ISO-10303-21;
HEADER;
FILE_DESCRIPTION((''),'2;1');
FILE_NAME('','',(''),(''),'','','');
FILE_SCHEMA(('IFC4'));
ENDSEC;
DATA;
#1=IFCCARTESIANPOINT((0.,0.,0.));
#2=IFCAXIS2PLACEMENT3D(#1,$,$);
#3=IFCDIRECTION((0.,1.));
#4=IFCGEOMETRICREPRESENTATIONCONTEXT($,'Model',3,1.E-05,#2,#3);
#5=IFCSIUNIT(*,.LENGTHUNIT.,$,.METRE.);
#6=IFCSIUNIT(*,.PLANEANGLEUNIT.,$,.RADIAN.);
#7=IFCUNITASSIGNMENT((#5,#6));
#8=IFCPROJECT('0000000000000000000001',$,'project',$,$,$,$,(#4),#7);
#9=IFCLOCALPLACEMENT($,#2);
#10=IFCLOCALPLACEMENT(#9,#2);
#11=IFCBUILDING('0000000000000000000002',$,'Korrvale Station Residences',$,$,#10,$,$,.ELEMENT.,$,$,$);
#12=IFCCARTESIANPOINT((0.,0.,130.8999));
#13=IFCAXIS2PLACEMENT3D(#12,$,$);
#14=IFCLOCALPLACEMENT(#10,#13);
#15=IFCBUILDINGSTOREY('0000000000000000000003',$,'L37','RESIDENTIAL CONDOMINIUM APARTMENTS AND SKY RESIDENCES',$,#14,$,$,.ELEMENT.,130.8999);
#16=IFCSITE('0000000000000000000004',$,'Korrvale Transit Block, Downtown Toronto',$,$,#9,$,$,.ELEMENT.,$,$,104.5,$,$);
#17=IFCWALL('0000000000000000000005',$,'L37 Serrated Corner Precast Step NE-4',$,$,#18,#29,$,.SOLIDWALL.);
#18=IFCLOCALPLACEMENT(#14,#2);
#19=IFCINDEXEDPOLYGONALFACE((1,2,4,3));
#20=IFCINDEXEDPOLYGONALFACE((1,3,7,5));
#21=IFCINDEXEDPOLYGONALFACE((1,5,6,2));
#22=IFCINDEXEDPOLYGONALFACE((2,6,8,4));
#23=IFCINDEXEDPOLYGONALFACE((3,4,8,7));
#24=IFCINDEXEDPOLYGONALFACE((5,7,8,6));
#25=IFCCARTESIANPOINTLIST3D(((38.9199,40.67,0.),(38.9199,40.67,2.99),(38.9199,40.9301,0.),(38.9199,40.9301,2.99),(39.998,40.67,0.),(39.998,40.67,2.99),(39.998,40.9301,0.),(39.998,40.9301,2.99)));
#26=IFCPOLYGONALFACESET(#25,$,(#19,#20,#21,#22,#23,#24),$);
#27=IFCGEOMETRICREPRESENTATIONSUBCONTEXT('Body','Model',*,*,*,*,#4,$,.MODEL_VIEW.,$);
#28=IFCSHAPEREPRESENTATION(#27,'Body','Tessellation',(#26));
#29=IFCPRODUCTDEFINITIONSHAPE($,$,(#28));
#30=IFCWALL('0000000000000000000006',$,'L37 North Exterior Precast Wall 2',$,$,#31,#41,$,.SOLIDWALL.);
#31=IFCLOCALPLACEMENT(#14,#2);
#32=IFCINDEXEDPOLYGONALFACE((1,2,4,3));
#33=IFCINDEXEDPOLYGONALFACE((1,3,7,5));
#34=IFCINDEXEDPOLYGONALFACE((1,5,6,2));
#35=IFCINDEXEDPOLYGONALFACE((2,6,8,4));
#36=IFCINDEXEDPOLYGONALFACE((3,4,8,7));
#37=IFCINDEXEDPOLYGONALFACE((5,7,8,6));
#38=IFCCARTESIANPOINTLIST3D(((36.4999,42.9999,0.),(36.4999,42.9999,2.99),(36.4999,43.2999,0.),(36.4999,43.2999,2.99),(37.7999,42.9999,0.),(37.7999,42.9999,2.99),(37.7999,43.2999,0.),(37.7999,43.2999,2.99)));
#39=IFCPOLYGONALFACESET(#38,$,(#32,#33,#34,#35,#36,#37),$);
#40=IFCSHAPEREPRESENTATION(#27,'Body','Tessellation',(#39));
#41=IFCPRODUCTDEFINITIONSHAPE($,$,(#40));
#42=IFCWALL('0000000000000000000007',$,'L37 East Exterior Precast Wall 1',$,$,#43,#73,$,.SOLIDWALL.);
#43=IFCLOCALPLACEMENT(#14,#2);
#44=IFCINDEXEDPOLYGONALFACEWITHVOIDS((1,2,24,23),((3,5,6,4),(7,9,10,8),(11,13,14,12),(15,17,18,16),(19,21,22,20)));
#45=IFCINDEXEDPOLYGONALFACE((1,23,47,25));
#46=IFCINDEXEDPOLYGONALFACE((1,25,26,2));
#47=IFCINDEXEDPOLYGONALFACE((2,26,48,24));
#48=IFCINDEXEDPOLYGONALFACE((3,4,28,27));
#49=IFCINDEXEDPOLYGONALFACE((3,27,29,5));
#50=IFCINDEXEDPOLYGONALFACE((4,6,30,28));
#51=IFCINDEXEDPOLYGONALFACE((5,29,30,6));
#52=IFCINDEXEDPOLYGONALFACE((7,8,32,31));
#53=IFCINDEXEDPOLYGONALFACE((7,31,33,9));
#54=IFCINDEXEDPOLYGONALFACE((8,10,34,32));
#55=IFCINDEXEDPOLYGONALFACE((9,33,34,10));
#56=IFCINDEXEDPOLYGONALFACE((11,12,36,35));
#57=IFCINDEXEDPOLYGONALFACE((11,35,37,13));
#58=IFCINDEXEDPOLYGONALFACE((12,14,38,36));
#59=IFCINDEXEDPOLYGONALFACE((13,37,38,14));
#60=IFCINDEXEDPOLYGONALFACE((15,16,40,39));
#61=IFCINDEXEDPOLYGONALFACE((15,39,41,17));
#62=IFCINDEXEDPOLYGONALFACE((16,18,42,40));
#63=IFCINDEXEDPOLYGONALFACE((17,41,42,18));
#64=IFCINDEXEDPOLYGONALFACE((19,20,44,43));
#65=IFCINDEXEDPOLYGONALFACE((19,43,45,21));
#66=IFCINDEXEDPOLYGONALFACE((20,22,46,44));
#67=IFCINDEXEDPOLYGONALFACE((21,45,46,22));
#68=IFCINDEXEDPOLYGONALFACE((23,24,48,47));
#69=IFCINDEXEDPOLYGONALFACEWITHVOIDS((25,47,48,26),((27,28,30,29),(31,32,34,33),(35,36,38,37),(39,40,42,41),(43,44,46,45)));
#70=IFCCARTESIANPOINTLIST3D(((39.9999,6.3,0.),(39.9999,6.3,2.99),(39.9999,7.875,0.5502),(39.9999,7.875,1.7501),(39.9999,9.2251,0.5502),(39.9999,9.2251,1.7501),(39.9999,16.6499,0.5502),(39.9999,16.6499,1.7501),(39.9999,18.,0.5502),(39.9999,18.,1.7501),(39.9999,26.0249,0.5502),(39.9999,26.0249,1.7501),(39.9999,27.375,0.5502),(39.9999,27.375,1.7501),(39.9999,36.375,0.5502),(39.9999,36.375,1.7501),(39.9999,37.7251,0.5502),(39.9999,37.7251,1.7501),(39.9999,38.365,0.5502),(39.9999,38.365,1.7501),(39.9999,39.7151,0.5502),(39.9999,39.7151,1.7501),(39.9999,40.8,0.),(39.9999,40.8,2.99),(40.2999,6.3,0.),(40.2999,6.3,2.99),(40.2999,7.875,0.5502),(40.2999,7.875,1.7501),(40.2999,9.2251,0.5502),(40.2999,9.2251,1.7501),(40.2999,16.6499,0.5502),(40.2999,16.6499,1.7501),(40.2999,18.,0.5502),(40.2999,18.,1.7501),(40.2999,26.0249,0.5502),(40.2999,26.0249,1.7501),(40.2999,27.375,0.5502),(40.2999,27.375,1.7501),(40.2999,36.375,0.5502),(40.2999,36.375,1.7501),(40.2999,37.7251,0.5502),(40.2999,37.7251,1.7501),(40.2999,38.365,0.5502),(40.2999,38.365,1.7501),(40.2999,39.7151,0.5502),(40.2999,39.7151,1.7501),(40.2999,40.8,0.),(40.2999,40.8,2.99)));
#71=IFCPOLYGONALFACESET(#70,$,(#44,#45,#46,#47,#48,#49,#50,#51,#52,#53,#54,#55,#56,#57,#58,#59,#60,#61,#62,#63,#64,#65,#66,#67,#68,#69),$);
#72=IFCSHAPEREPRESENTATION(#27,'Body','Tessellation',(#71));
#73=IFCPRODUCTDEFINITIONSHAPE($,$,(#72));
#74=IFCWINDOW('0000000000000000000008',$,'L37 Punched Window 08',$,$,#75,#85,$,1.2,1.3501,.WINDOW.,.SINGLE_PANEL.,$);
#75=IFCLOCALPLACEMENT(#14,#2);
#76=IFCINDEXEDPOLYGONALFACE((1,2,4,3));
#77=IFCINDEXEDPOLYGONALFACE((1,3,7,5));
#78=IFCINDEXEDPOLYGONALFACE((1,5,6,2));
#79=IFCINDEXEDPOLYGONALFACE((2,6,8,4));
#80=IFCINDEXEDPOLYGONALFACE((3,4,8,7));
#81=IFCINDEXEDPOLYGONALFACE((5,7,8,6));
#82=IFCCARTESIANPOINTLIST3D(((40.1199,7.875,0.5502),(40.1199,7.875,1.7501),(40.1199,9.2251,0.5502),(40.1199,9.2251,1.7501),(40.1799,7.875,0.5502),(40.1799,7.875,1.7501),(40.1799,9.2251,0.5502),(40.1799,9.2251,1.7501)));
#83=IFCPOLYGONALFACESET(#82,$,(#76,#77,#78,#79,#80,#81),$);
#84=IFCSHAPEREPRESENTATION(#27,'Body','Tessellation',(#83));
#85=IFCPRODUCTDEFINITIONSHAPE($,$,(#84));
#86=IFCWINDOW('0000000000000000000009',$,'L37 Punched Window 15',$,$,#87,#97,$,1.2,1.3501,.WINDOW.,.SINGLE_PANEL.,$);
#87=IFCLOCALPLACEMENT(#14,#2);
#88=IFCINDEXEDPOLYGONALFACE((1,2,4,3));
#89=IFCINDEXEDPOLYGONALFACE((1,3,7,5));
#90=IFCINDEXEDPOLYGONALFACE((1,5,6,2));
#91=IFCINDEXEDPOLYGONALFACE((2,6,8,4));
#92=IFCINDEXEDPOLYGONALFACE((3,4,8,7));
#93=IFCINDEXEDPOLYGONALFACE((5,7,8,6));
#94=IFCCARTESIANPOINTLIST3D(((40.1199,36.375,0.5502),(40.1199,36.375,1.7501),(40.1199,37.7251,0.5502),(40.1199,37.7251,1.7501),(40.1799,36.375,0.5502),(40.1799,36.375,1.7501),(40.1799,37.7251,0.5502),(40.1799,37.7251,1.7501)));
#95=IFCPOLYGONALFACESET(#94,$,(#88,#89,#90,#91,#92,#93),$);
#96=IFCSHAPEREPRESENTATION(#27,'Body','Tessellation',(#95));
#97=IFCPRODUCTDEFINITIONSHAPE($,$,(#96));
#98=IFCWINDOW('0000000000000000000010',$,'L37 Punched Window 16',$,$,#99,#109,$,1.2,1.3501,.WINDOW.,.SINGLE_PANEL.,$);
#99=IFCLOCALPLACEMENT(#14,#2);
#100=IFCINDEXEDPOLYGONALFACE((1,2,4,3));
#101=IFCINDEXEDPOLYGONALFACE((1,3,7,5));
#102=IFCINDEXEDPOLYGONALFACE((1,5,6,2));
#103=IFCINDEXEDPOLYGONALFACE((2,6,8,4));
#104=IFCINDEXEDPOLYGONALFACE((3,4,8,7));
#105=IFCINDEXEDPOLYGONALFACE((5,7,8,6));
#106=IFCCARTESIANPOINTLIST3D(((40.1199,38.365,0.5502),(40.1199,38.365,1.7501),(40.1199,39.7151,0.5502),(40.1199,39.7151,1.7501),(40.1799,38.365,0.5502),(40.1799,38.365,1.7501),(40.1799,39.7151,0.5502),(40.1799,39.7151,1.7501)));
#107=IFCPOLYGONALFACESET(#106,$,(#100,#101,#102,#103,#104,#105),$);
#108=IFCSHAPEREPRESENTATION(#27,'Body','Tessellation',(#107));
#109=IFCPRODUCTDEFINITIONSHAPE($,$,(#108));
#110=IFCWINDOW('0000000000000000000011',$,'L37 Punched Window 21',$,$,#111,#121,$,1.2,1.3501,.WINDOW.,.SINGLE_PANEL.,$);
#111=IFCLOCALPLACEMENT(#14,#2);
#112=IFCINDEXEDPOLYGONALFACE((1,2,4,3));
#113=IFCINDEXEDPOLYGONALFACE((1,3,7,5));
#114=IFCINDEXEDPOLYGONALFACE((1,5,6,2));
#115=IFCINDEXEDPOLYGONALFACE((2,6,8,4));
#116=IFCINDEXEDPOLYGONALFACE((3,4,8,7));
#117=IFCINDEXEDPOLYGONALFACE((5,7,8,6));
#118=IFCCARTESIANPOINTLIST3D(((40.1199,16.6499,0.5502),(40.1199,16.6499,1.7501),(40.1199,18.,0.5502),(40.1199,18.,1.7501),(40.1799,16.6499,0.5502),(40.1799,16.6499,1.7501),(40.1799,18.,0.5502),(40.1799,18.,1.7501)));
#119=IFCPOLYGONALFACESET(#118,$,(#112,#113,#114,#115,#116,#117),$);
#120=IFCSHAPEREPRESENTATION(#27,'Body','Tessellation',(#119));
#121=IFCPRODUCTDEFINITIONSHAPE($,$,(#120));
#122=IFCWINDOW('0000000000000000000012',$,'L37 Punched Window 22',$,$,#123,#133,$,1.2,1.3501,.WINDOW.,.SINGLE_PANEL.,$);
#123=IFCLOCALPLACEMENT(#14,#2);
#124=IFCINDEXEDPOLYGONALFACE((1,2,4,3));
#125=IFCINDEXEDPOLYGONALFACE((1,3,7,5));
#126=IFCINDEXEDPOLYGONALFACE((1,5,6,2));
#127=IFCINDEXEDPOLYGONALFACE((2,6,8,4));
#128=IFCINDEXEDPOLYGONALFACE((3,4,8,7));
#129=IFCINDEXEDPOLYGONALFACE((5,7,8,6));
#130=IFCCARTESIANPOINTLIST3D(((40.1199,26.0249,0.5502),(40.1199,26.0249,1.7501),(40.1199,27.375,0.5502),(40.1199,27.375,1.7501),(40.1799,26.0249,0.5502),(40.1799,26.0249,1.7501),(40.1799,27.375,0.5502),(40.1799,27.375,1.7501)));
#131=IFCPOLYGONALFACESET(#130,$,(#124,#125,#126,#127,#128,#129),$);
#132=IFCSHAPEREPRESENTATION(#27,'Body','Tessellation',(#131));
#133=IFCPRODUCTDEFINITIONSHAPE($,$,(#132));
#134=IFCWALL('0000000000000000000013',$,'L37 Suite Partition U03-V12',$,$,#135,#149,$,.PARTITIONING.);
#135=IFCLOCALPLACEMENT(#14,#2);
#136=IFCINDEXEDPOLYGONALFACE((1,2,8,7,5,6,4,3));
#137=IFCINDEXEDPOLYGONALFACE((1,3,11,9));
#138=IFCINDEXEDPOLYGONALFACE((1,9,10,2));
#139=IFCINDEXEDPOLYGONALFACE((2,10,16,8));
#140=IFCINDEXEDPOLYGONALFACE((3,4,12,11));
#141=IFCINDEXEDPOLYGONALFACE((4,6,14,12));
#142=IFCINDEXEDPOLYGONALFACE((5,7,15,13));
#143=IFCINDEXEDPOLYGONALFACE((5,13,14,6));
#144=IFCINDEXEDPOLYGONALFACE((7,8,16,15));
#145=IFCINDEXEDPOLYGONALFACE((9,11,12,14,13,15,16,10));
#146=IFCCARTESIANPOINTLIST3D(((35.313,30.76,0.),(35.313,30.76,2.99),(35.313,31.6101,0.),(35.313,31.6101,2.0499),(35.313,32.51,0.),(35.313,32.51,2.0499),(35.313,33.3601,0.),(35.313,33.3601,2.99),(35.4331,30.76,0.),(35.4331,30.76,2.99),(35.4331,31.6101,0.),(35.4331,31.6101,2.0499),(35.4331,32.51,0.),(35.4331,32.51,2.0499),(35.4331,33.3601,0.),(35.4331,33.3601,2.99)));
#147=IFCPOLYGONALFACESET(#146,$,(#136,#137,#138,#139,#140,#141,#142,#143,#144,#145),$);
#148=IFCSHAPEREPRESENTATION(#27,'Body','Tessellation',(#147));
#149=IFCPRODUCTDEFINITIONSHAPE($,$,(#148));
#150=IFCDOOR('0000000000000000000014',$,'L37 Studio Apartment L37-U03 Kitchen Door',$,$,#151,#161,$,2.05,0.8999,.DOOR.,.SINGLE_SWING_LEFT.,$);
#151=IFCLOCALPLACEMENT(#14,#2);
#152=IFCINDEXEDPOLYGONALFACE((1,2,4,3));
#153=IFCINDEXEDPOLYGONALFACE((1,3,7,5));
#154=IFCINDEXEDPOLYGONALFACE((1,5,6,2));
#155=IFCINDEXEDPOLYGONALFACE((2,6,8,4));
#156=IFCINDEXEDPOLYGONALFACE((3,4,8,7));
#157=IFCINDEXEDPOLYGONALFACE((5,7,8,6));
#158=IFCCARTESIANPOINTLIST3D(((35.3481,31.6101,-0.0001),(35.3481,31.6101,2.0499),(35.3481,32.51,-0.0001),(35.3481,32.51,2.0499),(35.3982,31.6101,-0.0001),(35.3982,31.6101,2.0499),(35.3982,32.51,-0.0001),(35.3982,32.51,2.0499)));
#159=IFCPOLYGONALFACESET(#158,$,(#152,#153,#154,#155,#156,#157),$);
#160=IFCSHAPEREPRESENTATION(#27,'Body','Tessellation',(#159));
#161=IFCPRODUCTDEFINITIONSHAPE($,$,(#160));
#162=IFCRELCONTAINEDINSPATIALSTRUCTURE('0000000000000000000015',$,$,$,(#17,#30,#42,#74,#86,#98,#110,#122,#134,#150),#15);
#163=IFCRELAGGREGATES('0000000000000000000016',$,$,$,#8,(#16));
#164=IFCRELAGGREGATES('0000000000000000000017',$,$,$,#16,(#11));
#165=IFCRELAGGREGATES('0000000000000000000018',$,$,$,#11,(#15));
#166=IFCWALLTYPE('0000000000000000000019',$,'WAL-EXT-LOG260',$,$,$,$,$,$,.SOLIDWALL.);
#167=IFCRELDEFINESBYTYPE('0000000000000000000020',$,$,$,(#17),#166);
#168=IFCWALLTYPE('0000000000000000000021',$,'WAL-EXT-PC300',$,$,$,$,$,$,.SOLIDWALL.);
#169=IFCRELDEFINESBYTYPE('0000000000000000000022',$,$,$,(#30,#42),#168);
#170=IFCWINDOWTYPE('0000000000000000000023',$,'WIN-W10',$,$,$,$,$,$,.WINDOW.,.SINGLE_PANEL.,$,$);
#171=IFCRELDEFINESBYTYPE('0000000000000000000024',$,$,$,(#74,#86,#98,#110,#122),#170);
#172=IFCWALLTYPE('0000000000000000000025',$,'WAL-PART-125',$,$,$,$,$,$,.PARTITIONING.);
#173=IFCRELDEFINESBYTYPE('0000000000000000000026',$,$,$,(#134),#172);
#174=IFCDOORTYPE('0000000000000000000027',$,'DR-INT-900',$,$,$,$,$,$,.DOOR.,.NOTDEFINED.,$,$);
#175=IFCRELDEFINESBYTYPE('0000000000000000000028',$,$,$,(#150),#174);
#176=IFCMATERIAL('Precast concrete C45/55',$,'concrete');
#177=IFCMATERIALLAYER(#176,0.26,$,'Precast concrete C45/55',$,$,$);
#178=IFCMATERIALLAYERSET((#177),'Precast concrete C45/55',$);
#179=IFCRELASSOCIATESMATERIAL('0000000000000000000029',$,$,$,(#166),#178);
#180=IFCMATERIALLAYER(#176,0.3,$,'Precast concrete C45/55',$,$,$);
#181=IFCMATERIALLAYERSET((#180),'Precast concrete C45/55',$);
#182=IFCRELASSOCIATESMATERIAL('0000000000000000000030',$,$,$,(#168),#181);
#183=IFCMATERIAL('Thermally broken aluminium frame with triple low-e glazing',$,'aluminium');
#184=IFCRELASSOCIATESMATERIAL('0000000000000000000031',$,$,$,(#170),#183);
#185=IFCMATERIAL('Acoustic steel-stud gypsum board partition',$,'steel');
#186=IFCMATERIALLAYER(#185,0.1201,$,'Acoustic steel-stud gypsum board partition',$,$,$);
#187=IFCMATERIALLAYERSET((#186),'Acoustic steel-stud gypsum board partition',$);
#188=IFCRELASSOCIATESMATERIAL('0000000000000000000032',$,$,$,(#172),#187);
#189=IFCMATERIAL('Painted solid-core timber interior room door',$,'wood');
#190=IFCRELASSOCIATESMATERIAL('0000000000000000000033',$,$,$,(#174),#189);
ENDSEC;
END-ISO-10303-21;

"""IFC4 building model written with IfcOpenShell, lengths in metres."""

from ifc_helpers import new_model, si_unit, direction, frame, frame_2d, origin, place, context, subcontext, project, spatial, rectangle, extrude, material, layer, layer_set, type_object, element, fill, save


model = new_model("IFC4")

# Units and contexts
model_context = context("Model", 3, precision=1e-05, world=origin(), true_north=direction((0.0, 1.0)))
body_context = subcontext(model_context, "Body", "Model", "MODEL_VIEW")
ifc_project = project(units=[si_unit("LENGTHUNIT", "METRE"), si_unit("PLANEANGLEUNIT", "RADIAN")], contexts=[model_context])

# Site, building, storey
site_placement = place(None, origin())
site = spatial("IfcSite", under=ifc_project, at=site_placement, Name="Korrvale Transit Block, Downtown Toronto", CompositionType="ELEMENT", RefElevation=104.5)
building_placement = place(site_placement, origin())
building = spatial("IfcBuilding", under=site, at=building_placement, Name="Korrvale Station Residences", CompositionType="ELEMENT")
storey_placement = place(building_placement, frame((0.0, 0.0, 130.8999)))
storey = spatial("IfcBuildingStorey", under=building, at=storey_placement, Name="L37", Description="RESIDENTIAL CONDOMINIUM APARTMENTS AND SKY RESIDENCES", CompositionType="ELEMENT", Elevation=130.8999)

# Walls
ifc_material_1 = material(Name="Precast concrete C45/55", Category="concrete")
ifc_layer_1 = layer(ifc_material_1, 0.26, Name="Precast concrete C45/55")
ifc_layer_set_1 = layer_set([ifc_layer_1], Name="Precast concrete C45/55")
wall_type_1 = type_object("IfcWallType", Name="WAL-EXT-LOG260", PredefinedType="SOLIDWALL", material=ifc_layer_set_1)
wall_1_placement = place(storey_placement, frame((38.9199, 40.8, 0.0), z_axis=(0.0, 0.0, 1.0), x_axis=(1.0, 0.0, 0.0)))
element("IfcWall", 1, at=wall_1_placement, inside=storey, type_object=wall_type_1, Name="L37 Serrated Corner Precast Step NE-4", PredefinedType="SOLIDWALL", context=body_context, shape_type="SweptSolid", body=[
    extrude(rectangle(XDim=1.0781, YDim=0.26, at=frame_2d((0.5391, 0.0))), origin(), (0.0, 0.0, 1.0), 2.99),
])
ifc_layer_2 = layer(ifc_material_1, 0.3, Name="Precast concrete C45/55")
ifc_layer_set_2 = layer_set([ifc_layer_2], Name="Precast concrete C45/55")
wall_type_2 = type_object("IfcWallType", Name="WAL-EXT-PC300", PredefinedType="SOLIDWALL", material=ifc_layer_set_2)
wall_2_placement = place(storey_placement, frame((36.5, 43.1499, 0.0), z_axis=(0.0, 0.0, 1.0), x_axis=(1.0, 0.0, 0.0)))
element("IfcWall", 2, at=wall_2_placement, inside=storey, type_object=wall_type_2, Name="L37 North Exterior Precast Wall 2", PredefinedType="SOLIDWALL", context=body_context, shape_type="SweptSolid", body=[
    extrude(rectangle(XDim=1.3, YDim=0.3, at=frame_2d((0.6499, 0.0))), origin(), (0.0, 0.0, 1.0), 2.99),
])

# Wall, openings, windows
wall_3_placement = place(storey_placement, frame((40.1499, 40.8, 0.0), z_axis=(0.0, 0.0, 1.0), x_axis=(0.0, -1.0, 0.0)))
wall_3 = element("IfcWall", 3, at=wall_3_placement, inside=storey, type_object=wall_type_2, Name="L37 East Exterior Precast Wall 1", PredefinedType="SOLIDWALL", context=body_context, shape_type="SweptSolid", body=[
    extrude(rectangle(XDim=34.5, YDim=0.3, at=frame_2d((17.25, 0.0))), origin(), (0.0, 0.0, 1.0), 2.99),
])
opening_1_placement = place(wall_3_placement, frame((31.575, 0.0, 0.55)))
opening_1 = element("IfcOpeningElement", 4, at=opening_1_placement, cuts=wall_3, PredefinedType="OPENING", context=body_context, shape_type="SweptSolid", body=[
    extrude(rectangle(XDim=1.3501, YDim=1.2, at=frame_2d((0.675, 0.6001))), frame((0.0, 0.1602, 0.0), z_axis=(0.0, -1.0, 0.0), x_axis=(1.0, 0.0, 0.0)), (0.0, 0.0, 1.0), 0.3201),
])
opening_2_placement = place(wall_3_placement, frame((3.075, 0.0, 0.55)))
opening_2 = element("IfcOpeningElement", 5, at=opening_2_placement, cuts=wall_3, PredefinedType="OPENING", context=body_context, shape_type="SweptSolid", body=[
    extrude(rectangle(XDim=1.3501, YDim=1.2, at=frame_2d((0.675, 0.6001))), frame((0.0, 0.1602, 0.0), z_axis=(0.0, -1.0, 0.0), x_axis=(1.0, 0.0, 0.0)), (0.0, 0.0, 1.0), 0.3201),
])
opening_3_placement = place(wall_3_placement, frame((1.085, 0.0, 0.55)))
opening_3 = element("IfcOpeningElement", 6, at=opening_3_placement, cuts=wall_3, PredefinedType="OPENING", context=body_context, shape_type="SweptSolid", body=[
    extrude(rectangle(XDim=1.3501, YDim=1.2, at=frame_2d((0.675, 0.6001))), frame((0.0, 0.1602, 0.0), z_axis=(0.0, -1.0, 0.0), x_axis=(1.0, 0.0, 0.0)), (0.0, 0.0, 1.0), 0.3201),
])
opening_4_placement = place(wall_3_placement, frame((22.8, 0.0, 0.55)))
opening_4 = element("IfcOpeningElement", 7, at=opening_4_placement, cuts=wall_3, PredefinedType="OPENING", context=body_context, shape_type="SweptSolid", body=[
    extrude(rectangle(XDim=1.3501, YDim=1.2, at=frame_2d((0.675, 0.6001))), frame((0.0, 0.1602, 0.0), z_axis=(0.0, -1.0, 0.0), x_axis=(1.0, 0.0, 0.0)), (0.0, 0.0, 1.0), 0.3201),
])
opening_5_placement = place(wall_3_placement, frame((13.425, 0.0, 0.55)))
opening_5 = element("IfcOpeningElement", 8, at=opening_5_placement, cuts=wall_3, PredefinedType="OPENING", context=body_context, shape_type="SweptSolid", body=[
    extrude(rectangle(XDim=1.3501, YDim=1.2, at=frame_2d((0.675, 0.6001))), frame((0.0, 0.1602, 0.0), z_axis=(0.0, -1.0, 0.0), x_axis=(1.0, 0.0, 0.0)), (0.0, 0.0, 1.0), 0.3201),
])
ifc_material_2 = material(Name="Thermally broken aluminium frame with triple low-e glazing", Category="aluminium")
window_type = type_object("IfcWindowType", Name="WIN-W10", PartitioningType="SINGLE_PANEL", PredefinedType="WINDOW", material=ifc_material_2)
window_1_placement = place(opening_1_placement, origin())
window_1 = element("IfcWindow", 9, at=window_1_placement, inside=storey, type_object=window_type, Name="L37 Punched Window 08", OverallHeight=1.2, OverallWidth=1.3501, PartitioningType="SINGLE_PANEL", PredefinedType="WINDOW", context=body_context, shape_type="SweptSolid", body=[
    extrude(rectangle(XDim=1.3501, YDim=1.2, at=frame_2d((0.675, 0.6001))), frame((0.0, 0.03, 0.0), z_axis=(0.0, -1.0, 0.0), x_axis=(1.0, 0.0, 0.0)), (0.0, 0.0, 1.0), 0.0601),
])
fill(opening_1, window_1)
window_2_placement = place(opening_2_placement, origin())
window_2 = element("IfcWindow", 10, at=window_2_placement, inside=storey, type_object=window_type, Name="L37 Punched Window 15", OverallHeight=1.2, OverallWidth=1.3501, PartitioningType="SINGLE_PANEL", PredefinedType="WINDOW", context=body_context, shape_type="SweptSolid", body=[
    extrude(rectangle(XDim=1.3501, YDim=1.2, at=frame_2d((0.675, 0.6001))), frame((0.0, 0.03, 0.0), z_axis=(0.0, -1.0, 0.0), x_axis=(1.0, 0.0, 0.0)), (0.0, 0.0, 1.0), 0.0601),
])
fill(opening_2, window_2)
window_3_placement = place(opening_3_placement, origin())
window_3 = element("IfcWindow", 11, at=window_3_placement, inside=storey, type_object=window_type, Name="L37 Punched Window 16", OverallHeight=1.2, OverallWidth=1.3501, PartitioningType="SINGLE_PANEL", PredefinedType="WINDOW", context=body_context, shape_type="SweptSolid", body=[
    extrude(rectangle(XDim=1.3501, YDim=1.2, at=frame_2d((0.675, 0.6001))), frame((0.0, 0.03, 0.0), z_axis=(0.0, -1.0, 0.0), x_axis=(1.0, 0.0, 0.0)), (0.0, 0.0, 1.0), 0.0601),
])
fill(opening_3, window_3)
window_4_placement = place(opening_4_placement, origin())
window_4 = element("IfcWindow", 12, at=window_4_placement, inside=storey, type_object=window_type, Name="L37 Punched Window 21", OverallHeight=1.2, OverallWidth=1.3501, PartitioningType="SINGLE_PANEL", PredefinedType="WINDOW", context=body_context, shape_type="SweptSolid", body=[
    extrude(rectangle(XDim=1.3501, YDim=1.2, at=frame_2d((0.675, 0.6001))), frame((0.0, 0.03, 0.0), z_axis=(0.0, -1.0, 0.0), x_axis=(1.0, 0.0, 0.0)), (0.0, 0.0, 1.0), 0.0601),
])
fill(opening_4, window_4)
window_5_placement = place(opening_5_placement, origin())
window_5 = element("IfcWindow", 13, at=window_5_placement, inside=storey, type_object=window_type, Name="L37 Punched Window 22", OverallHeight=1.2, OverallWidth=1.3501, PartitioningType="SINGLE_PANEL", PredefinedType="WINDOW", context=body_context, shape_type="SweptSolid", body=[
    extrude(rectangle(XDim=1.3501, YDim=1.2, at=frame_2d((0.675, 0.6001))), frame((0.0, 0.03, 0.0), z_axis=(0.0, -1.0, 0.0), x_axis=(1.0, 0.0, 0.0)), (0.0, 0.0, 1.0), 0.0601),
])
fill(opening_5, window_5)

# Wall, opening, door
ifc_material_3 = material(Name="Acoustic steel-stud gypsum board partition", Category="steel")
ifc_layer_3 = layer(ifc_material_3, 0.1201, Name="Acoustic steel-stud gypsum board partition")
ifc_layer_set_3 = layer_set([ifc_layer_3], Name="Acoustic steel-stud gypsum board partition")
wall_type_3 = type_object("IfcWallType", Name="WAL-PART-125", PredefinedType="PARTITIONING", material=ifc_layer_set_3)
wall_4_placement = place(storey_placement, frame((35.373, 30.76, 0.0), z_axis=(0.0, 0.0, 1.0), x_axis=(0.0, 1.0, 0.0)))
wall_4 = element("IfcWall", 14, at=wall_4_placement, inside=storey, type_object=wall_type_3, Name="L37 Suite Partition U03-V12", PredefinedType="PARTITIONING", context=body_context, shape_type="SweptSolid", body=[
    extrude(rectangle(XDim=2.6001, YDim=0.1201, at=frame_2d((1.3, 0.0))), origin(), (0.0, 0.0, 1.0), 2.99),
])
opening_6_placement = place(wall_4_placement, frame((0.8501, 0.0, 0.0)))
opening_6 = element("IfcOpeningElement", 15, at=opening_6_placement, cuts=wall_4, PredefinedType="OPENING", context=body_context, shape_type="SweptSolid", body=[
    extrude(rectangle(XDim=0.8999, YDim=2.05, at=frame_2d((0.45, 1.0249))), frame((0.0, 0.0701, 0.0), z_axis=(0.0, -1.0, 0.0), x_axis=(1.0, 0.0, 0.0)), (0.0, 0.0, 1.0), 0.1401),
])
ifc_material_4 = material(Name="Painted solid-core timber interior room door", Category="wood")
door_type = type_object("IfcDoorType", Name="DR-INT-900", OperationType="NOTDEFINED", PredefinedType="DOOR", material=ifc_material_4)
door_1_placement = place(opening_6_placement, origin())
door_1 = element("IfcDoor", 16, at=door_1_placement, inside=storey, type_object=door_type, Name="L37 Studio Apartment L37-U03 Kitchen Door", OperationType="SINGLE_SWING_LEFT", OverallHeight=2.05, OverallWidth=0.8999, PredefinedType="DOOR", context=body_context, shape_type="SweptSolid", body=[
    extrude(rectangle(XDim=0.8999, YDim=2.05, at=frame_2d((0.45, 1.0249))), frame((0.0, 0.0249, 0.0), z_axis=(0.0, -1.0, 0.0), x_axis=(1.0, 0.0, 0.0)), (0.0, 0.0, 1.0), 0.05),
])
fill(opening_6, door_1)

save(model, "model.ifc")
